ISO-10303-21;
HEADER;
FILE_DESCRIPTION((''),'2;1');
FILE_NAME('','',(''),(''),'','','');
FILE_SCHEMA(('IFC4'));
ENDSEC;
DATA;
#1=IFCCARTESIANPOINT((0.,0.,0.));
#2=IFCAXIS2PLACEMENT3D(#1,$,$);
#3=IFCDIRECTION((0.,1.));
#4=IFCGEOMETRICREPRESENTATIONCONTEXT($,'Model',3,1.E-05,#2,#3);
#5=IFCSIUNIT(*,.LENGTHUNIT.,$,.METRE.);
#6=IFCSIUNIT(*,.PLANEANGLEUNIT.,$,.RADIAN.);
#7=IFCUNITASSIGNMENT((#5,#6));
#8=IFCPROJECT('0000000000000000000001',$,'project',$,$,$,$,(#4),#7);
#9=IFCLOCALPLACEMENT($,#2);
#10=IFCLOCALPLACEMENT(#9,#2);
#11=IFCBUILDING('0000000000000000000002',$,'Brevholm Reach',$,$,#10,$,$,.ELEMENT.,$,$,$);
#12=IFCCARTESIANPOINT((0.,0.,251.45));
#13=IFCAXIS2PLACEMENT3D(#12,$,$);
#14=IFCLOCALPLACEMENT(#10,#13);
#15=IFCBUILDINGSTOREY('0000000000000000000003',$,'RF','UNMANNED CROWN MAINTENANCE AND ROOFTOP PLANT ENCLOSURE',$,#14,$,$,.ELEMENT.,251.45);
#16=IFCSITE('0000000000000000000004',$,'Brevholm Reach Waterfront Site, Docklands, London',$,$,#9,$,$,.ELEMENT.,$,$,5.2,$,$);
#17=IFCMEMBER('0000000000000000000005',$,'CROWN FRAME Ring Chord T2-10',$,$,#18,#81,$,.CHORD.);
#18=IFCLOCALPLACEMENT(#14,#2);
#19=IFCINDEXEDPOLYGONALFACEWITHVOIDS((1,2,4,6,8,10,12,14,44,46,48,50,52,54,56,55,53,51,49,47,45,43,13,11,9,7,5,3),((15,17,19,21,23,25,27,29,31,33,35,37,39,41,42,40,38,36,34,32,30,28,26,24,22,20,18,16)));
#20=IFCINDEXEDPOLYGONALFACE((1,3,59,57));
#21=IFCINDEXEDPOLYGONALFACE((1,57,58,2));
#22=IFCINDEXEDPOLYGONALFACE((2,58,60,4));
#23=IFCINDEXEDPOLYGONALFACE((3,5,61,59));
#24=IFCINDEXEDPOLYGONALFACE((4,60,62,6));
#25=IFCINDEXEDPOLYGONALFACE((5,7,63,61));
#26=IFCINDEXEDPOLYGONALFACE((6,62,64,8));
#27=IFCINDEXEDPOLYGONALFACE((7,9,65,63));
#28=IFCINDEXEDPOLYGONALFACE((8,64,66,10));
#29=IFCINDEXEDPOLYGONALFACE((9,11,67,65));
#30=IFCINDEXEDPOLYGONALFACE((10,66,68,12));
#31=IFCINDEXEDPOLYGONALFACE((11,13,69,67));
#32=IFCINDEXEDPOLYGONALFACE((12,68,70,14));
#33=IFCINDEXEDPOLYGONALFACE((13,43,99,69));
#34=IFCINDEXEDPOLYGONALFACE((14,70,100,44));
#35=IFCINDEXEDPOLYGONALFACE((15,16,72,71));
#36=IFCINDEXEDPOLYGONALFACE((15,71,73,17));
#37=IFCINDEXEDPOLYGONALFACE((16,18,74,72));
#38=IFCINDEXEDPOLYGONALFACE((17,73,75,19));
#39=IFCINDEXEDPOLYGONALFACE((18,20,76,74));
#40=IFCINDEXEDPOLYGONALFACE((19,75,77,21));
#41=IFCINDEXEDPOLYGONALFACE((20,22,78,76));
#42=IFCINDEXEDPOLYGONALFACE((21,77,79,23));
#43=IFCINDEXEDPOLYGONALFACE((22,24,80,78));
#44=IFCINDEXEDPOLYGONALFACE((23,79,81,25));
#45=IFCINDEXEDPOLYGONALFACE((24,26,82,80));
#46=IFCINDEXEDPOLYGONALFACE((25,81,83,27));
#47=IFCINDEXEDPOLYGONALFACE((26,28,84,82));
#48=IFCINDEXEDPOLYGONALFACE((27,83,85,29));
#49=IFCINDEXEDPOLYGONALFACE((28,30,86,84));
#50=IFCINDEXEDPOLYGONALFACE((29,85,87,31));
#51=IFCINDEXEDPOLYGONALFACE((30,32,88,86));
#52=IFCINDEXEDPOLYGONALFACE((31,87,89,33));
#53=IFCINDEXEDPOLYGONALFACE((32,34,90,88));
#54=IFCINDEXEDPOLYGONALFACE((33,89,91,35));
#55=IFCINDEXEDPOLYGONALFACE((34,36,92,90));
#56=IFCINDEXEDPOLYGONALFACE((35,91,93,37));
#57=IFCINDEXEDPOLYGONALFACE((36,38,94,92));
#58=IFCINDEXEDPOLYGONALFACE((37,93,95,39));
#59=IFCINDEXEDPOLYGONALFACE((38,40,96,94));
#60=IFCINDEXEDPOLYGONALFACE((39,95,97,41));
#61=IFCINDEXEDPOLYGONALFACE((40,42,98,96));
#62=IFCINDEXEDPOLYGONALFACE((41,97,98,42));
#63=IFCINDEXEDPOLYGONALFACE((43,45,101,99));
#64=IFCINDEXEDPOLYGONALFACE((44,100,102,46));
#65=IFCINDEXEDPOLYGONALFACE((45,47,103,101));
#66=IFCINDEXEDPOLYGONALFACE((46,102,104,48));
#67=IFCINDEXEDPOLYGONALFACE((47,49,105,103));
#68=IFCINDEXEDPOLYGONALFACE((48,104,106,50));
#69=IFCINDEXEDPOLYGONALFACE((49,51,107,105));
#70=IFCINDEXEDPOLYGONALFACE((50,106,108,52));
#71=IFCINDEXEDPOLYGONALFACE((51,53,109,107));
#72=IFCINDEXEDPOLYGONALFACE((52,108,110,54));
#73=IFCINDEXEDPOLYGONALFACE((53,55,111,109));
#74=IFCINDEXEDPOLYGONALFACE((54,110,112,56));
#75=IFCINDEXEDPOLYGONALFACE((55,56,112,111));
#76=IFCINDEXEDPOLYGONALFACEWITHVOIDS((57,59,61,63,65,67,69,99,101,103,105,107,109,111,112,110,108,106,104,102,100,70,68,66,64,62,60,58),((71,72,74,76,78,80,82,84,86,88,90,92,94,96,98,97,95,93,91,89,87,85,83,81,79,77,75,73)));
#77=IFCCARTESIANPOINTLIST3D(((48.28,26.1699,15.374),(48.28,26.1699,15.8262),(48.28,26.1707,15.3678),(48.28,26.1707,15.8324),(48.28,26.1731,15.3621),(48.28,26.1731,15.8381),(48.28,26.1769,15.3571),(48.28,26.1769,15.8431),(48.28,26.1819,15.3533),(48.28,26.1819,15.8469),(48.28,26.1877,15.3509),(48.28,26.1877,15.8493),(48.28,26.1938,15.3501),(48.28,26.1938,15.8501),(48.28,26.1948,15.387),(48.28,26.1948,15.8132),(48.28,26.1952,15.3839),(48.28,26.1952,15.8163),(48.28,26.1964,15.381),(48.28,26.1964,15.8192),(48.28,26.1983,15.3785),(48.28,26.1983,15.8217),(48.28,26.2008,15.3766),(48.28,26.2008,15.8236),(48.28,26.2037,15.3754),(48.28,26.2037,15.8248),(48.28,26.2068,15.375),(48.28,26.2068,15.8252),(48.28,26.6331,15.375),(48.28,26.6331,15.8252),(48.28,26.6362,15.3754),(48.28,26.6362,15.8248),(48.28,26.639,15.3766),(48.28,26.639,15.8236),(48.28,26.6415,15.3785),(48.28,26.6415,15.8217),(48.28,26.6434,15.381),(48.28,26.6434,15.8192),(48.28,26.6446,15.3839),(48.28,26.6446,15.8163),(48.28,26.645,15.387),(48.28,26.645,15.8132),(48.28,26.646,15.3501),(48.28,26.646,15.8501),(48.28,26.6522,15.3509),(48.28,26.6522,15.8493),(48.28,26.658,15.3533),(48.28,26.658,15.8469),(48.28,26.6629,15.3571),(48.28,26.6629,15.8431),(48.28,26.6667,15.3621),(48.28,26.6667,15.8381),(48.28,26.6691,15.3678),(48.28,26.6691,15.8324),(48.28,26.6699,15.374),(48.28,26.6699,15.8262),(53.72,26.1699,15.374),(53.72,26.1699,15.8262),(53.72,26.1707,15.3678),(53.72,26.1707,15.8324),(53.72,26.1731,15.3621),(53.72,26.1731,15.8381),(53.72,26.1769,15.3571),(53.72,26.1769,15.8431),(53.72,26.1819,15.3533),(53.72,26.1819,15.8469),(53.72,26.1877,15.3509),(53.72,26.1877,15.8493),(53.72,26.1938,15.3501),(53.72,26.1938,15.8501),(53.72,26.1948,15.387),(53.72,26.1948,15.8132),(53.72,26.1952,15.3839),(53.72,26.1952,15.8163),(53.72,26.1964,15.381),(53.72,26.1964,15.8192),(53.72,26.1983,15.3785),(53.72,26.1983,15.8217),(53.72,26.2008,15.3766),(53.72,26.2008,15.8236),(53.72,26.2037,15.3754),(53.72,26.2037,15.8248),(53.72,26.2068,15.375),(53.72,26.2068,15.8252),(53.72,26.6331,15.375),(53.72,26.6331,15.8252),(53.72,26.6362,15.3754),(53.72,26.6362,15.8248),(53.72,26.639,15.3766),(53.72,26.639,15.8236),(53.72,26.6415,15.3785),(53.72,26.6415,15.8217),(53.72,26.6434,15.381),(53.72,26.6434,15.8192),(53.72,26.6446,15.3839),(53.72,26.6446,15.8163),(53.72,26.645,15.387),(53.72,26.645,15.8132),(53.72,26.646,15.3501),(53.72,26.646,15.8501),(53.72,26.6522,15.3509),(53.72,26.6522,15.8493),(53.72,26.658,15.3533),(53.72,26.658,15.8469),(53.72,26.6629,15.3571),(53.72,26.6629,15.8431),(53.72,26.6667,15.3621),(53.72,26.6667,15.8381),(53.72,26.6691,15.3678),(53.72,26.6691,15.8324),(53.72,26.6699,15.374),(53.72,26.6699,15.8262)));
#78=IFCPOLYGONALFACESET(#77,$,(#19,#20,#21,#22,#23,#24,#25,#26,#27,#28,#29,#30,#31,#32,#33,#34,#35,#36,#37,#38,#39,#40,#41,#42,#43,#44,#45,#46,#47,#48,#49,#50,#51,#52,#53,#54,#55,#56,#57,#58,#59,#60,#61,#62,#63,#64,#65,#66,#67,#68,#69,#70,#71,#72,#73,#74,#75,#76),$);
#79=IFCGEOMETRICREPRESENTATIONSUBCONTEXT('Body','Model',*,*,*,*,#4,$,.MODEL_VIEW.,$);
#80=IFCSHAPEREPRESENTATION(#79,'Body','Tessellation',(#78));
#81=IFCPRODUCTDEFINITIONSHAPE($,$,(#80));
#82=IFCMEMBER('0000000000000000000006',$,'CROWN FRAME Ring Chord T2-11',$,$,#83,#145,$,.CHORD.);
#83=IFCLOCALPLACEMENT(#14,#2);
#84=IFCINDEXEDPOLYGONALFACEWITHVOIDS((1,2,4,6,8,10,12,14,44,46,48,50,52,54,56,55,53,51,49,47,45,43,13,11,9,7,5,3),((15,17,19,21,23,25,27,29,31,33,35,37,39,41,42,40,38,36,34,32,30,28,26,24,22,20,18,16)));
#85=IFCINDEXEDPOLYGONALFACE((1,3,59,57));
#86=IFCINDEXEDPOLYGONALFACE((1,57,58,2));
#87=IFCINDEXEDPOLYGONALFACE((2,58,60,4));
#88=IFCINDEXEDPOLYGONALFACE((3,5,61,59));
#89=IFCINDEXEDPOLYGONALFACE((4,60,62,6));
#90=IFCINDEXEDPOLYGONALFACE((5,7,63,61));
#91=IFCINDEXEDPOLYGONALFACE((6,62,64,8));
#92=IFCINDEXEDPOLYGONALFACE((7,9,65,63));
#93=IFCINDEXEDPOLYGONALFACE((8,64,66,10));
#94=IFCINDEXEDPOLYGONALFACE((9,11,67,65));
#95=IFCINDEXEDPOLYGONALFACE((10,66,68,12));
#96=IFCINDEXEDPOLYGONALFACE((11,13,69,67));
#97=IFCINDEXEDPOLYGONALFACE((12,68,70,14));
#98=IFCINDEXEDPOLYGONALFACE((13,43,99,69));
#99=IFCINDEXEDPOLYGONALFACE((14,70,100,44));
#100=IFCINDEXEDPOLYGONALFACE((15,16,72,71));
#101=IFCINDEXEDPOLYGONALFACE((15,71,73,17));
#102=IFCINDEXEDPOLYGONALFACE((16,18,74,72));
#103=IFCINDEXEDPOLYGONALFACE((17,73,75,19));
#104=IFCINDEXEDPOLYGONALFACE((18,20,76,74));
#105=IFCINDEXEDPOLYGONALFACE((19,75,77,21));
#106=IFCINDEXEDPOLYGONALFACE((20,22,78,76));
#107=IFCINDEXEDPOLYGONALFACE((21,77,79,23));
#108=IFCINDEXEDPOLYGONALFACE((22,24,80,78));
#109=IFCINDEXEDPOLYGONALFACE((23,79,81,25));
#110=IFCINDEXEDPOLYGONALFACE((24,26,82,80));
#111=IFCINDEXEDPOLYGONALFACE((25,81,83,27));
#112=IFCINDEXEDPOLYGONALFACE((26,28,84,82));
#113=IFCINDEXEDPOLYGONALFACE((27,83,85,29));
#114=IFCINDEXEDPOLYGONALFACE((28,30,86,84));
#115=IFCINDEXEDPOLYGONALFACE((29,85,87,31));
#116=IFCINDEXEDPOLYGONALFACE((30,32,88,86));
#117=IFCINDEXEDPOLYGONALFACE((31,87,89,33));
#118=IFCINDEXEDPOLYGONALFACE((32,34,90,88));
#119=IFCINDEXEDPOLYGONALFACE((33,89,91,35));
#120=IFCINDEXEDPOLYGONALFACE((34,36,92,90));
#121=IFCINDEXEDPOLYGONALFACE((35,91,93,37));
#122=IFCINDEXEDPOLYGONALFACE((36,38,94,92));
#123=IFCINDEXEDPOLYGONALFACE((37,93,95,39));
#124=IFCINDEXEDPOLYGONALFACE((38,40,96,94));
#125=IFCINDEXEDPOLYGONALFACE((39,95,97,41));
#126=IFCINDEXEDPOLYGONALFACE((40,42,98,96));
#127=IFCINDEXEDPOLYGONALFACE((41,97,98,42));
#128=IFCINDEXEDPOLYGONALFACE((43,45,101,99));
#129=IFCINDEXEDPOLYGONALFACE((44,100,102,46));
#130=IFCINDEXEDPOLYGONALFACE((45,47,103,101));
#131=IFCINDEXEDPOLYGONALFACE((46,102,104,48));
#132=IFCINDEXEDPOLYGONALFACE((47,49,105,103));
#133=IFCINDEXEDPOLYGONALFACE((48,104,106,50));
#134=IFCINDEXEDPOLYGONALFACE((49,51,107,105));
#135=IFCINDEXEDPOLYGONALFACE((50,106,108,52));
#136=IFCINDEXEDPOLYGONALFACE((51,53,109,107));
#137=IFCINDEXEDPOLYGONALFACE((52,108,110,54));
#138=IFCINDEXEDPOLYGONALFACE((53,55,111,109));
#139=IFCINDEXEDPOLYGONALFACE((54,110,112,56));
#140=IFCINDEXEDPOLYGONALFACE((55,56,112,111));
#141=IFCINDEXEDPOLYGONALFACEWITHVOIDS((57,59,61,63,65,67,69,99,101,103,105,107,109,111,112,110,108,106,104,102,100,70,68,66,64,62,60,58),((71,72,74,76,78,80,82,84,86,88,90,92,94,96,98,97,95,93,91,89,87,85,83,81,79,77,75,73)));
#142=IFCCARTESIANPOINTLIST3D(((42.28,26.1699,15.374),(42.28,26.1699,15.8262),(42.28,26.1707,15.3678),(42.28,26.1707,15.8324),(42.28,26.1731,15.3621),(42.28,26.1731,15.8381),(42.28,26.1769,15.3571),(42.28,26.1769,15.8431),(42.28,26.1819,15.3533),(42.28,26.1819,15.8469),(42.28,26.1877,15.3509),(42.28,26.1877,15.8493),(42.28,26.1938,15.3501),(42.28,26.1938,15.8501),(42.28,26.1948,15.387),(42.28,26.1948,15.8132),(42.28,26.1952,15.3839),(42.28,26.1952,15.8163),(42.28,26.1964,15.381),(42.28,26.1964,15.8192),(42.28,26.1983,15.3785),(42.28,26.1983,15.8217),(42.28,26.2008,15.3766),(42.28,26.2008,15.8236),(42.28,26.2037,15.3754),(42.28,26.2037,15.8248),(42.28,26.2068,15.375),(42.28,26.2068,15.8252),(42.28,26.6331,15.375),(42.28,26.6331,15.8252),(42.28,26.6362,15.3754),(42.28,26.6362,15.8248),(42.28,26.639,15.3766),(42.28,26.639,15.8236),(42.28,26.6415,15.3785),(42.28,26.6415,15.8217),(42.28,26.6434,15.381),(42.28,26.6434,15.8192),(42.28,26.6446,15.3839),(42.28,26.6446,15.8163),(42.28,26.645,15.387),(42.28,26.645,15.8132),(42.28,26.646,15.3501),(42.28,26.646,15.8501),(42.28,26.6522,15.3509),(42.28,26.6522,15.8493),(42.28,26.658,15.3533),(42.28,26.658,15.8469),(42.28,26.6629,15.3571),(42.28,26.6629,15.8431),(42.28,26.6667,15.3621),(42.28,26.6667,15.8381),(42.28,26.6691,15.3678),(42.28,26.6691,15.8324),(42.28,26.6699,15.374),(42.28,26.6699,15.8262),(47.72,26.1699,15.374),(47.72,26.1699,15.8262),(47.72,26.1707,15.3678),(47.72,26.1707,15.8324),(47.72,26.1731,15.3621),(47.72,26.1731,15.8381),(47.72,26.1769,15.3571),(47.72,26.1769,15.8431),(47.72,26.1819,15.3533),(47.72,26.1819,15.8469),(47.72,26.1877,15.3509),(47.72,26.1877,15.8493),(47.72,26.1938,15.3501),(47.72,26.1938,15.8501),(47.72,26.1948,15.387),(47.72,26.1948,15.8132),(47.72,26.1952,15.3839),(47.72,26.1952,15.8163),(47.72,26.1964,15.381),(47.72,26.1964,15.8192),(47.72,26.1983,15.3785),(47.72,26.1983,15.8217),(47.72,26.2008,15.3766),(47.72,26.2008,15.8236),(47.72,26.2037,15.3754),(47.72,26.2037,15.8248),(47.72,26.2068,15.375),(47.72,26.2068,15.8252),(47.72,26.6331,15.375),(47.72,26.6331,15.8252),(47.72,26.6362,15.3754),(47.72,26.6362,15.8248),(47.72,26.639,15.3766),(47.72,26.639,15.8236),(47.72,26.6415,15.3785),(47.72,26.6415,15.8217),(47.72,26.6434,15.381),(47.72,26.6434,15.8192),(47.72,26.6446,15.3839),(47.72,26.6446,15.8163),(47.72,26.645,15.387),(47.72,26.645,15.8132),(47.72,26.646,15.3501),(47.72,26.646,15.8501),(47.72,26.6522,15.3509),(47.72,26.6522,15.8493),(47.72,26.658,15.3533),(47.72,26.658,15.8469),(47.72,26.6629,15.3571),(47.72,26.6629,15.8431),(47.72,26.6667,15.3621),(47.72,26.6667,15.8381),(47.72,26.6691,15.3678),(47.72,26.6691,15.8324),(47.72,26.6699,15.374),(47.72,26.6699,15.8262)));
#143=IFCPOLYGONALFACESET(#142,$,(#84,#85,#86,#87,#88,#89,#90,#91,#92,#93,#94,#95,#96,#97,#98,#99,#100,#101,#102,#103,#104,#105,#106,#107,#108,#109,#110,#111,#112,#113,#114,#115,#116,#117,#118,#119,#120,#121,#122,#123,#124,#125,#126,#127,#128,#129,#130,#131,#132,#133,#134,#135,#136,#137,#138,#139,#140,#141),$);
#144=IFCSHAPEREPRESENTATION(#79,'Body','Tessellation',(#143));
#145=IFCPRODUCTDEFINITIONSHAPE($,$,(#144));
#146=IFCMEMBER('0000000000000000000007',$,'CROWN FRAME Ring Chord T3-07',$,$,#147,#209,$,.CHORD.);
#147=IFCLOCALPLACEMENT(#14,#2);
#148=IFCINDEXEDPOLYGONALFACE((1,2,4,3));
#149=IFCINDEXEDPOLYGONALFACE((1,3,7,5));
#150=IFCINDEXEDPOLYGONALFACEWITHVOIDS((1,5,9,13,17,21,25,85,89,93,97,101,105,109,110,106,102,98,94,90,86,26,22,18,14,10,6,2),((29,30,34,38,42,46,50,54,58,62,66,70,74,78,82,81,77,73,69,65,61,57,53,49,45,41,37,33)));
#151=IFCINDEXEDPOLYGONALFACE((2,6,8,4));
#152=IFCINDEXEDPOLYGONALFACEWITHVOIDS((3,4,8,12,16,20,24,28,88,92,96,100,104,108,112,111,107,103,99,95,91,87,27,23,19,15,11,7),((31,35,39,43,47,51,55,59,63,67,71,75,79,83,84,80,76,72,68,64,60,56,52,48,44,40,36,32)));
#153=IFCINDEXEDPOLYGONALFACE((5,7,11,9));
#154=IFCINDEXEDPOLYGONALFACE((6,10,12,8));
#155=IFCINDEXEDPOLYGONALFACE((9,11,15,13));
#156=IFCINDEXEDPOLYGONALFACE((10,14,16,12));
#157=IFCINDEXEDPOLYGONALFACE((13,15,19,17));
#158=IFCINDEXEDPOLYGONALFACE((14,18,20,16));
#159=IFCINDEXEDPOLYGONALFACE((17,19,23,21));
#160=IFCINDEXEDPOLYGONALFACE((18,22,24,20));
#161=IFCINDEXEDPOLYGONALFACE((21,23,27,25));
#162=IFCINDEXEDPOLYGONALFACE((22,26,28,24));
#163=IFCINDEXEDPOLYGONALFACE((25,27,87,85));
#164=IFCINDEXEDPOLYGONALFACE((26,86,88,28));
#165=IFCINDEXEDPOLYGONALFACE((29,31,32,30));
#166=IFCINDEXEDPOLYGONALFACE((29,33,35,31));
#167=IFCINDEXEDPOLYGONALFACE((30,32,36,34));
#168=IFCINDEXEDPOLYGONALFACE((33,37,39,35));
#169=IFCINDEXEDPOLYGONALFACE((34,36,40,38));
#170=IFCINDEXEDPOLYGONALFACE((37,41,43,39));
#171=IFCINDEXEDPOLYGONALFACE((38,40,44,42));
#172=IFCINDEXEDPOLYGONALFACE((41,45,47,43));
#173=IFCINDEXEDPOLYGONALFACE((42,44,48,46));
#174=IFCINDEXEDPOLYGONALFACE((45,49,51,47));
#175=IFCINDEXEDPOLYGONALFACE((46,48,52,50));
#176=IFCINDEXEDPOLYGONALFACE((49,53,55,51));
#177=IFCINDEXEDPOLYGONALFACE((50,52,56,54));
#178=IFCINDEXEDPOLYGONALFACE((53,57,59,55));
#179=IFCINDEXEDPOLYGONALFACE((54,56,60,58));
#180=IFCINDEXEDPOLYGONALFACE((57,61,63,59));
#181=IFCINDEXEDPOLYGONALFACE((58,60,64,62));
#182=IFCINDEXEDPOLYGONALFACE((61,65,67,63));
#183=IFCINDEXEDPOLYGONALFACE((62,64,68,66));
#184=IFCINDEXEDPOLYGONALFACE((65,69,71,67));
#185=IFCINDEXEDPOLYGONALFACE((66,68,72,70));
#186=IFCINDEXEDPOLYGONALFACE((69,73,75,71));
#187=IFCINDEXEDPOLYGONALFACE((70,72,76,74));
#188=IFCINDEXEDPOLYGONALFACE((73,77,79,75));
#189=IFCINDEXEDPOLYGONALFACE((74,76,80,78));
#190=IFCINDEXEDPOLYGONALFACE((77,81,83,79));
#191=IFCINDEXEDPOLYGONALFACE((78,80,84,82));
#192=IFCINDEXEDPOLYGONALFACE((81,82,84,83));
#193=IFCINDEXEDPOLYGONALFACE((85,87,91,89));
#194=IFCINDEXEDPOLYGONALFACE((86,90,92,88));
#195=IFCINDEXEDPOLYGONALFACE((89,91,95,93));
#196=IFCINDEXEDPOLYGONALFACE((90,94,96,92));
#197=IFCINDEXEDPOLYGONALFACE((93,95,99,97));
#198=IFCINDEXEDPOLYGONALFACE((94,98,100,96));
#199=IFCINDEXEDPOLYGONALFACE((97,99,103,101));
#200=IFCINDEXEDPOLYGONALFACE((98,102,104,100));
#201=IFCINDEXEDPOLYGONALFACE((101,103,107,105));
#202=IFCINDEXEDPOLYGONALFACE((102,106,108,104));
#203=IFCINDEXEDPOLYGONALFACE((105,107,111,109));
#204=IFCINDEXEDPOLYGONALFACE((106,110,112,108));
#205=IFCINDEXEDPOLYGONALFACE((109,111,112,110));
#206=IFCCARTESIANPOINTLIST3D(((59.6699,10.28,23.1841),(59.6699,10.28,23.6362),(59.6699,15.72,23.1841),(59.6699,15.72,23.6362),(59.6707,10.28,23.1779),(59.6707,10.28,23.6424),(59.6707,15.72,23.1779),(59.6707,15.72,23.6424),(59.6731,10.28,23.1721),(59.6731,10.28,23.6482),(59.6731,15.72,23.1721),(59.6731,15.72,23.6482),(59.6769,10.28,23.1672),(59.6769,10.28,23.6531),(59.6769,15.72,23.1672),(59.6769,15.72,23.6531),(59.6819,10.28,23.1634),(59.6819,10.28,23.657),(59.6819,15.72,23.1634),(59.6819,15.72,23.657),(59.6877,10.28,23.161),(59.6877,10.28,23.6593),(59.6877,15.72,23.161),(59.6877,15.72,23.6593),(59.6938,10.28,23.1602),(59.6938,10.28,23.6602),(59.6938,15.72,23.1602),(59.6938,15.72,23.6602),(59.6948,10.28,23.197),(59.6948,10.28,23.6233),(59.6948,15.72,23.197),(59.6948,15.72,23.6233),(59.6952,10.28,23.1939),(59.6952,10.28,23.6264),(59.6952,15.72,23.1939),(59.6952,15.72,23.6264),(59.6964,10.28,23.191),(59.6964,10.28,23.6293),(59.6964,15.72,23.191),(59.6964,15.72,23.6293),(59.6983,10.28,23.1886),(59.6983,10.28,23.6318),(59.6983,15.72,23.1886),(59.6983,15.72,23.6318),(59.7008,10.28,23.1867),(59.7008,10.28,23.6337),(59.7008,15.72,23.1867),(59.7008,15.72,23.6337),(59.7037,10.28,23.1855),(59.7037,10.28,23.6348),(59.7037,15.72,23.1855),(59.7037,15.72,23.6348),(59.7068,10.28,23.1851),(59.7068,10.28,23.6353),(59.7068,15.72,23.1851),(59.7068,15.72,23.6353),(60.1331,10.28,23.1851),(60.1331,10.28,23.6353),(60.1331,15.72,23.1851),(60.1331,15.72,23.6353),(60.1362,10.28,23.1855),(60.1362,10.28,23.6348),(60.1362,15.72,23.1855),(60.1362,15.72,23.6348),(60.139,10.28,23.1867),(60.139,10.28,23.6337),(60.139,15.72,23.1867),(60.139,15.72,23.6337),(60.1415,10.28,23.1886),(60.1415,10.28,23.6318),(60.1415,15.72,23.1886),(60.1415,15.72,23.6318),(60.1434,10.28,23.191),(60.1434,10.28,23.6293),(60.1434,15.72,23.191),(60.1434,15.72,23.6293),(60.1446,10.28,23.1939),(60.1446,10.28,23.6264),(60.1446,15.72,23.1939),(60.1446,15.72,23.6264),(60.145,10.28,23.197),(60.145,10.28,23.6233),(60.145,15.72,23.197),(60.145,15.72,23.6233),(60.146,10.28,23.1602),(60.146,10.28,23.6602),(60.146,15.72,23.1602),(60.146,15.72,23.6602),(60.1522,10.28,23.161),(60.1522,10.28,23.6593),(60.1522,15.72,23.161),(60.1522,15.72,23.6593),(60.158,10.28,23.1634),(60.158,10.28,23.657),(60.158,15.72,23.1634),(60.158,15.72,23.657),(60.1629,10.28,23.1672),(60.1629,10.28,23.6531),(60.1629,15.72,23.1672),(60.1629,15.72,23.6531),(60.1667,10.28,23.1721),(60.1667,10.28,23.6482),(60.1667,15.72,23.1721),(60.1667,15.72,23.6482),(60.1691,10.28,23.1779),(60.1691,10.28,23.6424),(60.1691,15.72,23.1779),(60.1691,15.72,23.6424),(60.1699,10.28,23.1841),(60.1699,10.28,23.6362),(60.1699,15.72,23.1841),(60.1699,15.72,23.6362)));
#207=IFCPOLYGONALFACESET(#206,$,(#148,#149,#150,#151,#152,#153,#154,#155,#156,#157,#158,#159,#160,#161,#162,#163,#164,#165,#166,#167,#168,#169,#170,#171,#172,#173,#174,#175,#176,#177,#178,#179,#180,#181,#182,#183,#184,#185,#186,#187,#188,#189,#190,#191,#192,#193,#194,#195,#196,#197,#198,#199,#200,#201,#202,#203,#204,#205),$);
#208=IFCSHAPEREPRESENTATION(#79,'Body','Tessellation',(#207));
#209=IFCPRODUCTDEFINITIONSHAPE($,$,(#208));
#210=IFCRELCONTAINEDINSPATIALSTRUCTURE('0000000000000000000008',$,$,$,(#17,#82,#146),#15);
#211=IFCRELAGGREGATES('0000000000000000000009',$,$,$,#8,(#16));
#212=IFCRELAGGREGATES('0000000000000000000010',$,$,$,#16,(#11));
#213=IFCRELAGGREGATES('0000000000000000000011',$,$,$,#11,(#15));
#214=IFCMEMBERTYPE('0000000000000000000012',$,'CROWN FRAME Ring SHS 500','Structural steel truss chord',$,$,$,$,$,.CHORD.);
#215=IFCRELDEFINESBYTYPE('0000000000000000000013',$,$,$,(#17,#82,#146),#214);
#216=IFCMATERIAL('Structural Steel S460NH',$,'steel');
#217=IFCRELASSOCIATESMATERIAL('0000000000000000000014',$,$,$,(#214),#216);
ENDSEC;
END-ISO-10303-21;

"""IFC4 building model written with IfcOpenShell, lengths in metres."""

from ifc_helpers import new_model, si_unit, direction, frame, origin, origin_2d, place, context, subcontext, project, spatial, hollow_rectangle, extrude, material, material_profile, profile_set, type_object, element, save


model = new_model("IFC4")

# Units and contexts
model_context = context("Model", 3, precision=1e-05, world=origin(), true_north=direction((0.0, 1.0)))
body_context = subcontext(model_context, "Body", "Model", "MODEL_VIEW")
ifc_project = project(units=[si_unit("LENGTHUNIT", "METRE"), si_unit("PLANEANGLEUNIT", "RADIAN")], contexts=[model_context])

# Site, building, storey
site_placement = place(None, origin())
site = spatial("IfcSite", under=ifc_project, at=site_placement, Name="Brevholm Reach Waterfront Site, Docklands, London", CompositionType="ELEMENT", RefElevation=5.2)
building_placement = place(site_placement, origin())
building = spatial("IfcBuilding", under=site, at=building_placement, Name="Brevholm Reach", CompositionType="ELEMENT")
storey_placement = place(building_placement, frame((0.0, 0.0, 251.45)))
storey = spatial("IfcBuildingStorey", under=building, at=storey_placement, Name="RF", Description="UNMANNED CROWN MAINTENANCE AND ROOFTOP PLANT ENCLOSURE", CompositionType="ELEMENT", Elevation=251.45)

# Members
ifc_material_1 = material(Name="Structural Steel S460NH", Category="steel")
ifc_material_profile_1 = material_profile(ifc_material_1, hollow_rectangle(XDim=0.5, YDim=0.5, WallThickness=0.0249, InnerFilletRadius=0.012, OuterFilletRadius=0.0239, at=origin_2d()), Name="SHS 500x500x25")
ifc_profile_set_1 = profile_set([ifc_material_profile_1], Name="Structural Steel S460NH")
member_type_1 = type_object("IfcMemberType", Name="CROWN FRAME Ring SHS 500", Description="Structural steel truss chord", PredefinedType="CHORD", material=ifc_profile_set_1)
for number, where, z_axis, x_axis, name in (
    (1, (53.72, 26.4199, 15.6001), (-1.0, 0.0, 0.0), (0.0, -1.0, 0.0), "CROWN FRAME Ring Chord T2-10"),
    (2, (47.72, 26.4199, 15.6001), (-1.0, 0.0, 0.0), (0.0, -1.0, 0.0), "CROWN FRAME Ring Chord T2-11"),
    (3, (59.9199, 10.28, 23.4102), (0.0, 1.0, 0.0), (-1.0, 0.0, 0.0), "CROWN FRAME Ring Chord T3-07"),
):
    element("IfcMember", number, at=place(storey_placement, frame(where, z_axis=z_axis, x_axis=x_axis)), inside=storey, type_object=member_type_1, Name=name, PredefinedType="CHORD", context=body_context, shape_type="SweptSolid", body=[
        extrude(hollow_rectangle(XDim=0.5, YDim=0.5, WallThickness=0.0249, InnerFilletRadius=0.012, OuterFilletRadius=0.0239, at=origin_2d()), origin(), (0.0, 0.0, 1.0), 5.4399),
    ])

save(model, "model.ifc")
